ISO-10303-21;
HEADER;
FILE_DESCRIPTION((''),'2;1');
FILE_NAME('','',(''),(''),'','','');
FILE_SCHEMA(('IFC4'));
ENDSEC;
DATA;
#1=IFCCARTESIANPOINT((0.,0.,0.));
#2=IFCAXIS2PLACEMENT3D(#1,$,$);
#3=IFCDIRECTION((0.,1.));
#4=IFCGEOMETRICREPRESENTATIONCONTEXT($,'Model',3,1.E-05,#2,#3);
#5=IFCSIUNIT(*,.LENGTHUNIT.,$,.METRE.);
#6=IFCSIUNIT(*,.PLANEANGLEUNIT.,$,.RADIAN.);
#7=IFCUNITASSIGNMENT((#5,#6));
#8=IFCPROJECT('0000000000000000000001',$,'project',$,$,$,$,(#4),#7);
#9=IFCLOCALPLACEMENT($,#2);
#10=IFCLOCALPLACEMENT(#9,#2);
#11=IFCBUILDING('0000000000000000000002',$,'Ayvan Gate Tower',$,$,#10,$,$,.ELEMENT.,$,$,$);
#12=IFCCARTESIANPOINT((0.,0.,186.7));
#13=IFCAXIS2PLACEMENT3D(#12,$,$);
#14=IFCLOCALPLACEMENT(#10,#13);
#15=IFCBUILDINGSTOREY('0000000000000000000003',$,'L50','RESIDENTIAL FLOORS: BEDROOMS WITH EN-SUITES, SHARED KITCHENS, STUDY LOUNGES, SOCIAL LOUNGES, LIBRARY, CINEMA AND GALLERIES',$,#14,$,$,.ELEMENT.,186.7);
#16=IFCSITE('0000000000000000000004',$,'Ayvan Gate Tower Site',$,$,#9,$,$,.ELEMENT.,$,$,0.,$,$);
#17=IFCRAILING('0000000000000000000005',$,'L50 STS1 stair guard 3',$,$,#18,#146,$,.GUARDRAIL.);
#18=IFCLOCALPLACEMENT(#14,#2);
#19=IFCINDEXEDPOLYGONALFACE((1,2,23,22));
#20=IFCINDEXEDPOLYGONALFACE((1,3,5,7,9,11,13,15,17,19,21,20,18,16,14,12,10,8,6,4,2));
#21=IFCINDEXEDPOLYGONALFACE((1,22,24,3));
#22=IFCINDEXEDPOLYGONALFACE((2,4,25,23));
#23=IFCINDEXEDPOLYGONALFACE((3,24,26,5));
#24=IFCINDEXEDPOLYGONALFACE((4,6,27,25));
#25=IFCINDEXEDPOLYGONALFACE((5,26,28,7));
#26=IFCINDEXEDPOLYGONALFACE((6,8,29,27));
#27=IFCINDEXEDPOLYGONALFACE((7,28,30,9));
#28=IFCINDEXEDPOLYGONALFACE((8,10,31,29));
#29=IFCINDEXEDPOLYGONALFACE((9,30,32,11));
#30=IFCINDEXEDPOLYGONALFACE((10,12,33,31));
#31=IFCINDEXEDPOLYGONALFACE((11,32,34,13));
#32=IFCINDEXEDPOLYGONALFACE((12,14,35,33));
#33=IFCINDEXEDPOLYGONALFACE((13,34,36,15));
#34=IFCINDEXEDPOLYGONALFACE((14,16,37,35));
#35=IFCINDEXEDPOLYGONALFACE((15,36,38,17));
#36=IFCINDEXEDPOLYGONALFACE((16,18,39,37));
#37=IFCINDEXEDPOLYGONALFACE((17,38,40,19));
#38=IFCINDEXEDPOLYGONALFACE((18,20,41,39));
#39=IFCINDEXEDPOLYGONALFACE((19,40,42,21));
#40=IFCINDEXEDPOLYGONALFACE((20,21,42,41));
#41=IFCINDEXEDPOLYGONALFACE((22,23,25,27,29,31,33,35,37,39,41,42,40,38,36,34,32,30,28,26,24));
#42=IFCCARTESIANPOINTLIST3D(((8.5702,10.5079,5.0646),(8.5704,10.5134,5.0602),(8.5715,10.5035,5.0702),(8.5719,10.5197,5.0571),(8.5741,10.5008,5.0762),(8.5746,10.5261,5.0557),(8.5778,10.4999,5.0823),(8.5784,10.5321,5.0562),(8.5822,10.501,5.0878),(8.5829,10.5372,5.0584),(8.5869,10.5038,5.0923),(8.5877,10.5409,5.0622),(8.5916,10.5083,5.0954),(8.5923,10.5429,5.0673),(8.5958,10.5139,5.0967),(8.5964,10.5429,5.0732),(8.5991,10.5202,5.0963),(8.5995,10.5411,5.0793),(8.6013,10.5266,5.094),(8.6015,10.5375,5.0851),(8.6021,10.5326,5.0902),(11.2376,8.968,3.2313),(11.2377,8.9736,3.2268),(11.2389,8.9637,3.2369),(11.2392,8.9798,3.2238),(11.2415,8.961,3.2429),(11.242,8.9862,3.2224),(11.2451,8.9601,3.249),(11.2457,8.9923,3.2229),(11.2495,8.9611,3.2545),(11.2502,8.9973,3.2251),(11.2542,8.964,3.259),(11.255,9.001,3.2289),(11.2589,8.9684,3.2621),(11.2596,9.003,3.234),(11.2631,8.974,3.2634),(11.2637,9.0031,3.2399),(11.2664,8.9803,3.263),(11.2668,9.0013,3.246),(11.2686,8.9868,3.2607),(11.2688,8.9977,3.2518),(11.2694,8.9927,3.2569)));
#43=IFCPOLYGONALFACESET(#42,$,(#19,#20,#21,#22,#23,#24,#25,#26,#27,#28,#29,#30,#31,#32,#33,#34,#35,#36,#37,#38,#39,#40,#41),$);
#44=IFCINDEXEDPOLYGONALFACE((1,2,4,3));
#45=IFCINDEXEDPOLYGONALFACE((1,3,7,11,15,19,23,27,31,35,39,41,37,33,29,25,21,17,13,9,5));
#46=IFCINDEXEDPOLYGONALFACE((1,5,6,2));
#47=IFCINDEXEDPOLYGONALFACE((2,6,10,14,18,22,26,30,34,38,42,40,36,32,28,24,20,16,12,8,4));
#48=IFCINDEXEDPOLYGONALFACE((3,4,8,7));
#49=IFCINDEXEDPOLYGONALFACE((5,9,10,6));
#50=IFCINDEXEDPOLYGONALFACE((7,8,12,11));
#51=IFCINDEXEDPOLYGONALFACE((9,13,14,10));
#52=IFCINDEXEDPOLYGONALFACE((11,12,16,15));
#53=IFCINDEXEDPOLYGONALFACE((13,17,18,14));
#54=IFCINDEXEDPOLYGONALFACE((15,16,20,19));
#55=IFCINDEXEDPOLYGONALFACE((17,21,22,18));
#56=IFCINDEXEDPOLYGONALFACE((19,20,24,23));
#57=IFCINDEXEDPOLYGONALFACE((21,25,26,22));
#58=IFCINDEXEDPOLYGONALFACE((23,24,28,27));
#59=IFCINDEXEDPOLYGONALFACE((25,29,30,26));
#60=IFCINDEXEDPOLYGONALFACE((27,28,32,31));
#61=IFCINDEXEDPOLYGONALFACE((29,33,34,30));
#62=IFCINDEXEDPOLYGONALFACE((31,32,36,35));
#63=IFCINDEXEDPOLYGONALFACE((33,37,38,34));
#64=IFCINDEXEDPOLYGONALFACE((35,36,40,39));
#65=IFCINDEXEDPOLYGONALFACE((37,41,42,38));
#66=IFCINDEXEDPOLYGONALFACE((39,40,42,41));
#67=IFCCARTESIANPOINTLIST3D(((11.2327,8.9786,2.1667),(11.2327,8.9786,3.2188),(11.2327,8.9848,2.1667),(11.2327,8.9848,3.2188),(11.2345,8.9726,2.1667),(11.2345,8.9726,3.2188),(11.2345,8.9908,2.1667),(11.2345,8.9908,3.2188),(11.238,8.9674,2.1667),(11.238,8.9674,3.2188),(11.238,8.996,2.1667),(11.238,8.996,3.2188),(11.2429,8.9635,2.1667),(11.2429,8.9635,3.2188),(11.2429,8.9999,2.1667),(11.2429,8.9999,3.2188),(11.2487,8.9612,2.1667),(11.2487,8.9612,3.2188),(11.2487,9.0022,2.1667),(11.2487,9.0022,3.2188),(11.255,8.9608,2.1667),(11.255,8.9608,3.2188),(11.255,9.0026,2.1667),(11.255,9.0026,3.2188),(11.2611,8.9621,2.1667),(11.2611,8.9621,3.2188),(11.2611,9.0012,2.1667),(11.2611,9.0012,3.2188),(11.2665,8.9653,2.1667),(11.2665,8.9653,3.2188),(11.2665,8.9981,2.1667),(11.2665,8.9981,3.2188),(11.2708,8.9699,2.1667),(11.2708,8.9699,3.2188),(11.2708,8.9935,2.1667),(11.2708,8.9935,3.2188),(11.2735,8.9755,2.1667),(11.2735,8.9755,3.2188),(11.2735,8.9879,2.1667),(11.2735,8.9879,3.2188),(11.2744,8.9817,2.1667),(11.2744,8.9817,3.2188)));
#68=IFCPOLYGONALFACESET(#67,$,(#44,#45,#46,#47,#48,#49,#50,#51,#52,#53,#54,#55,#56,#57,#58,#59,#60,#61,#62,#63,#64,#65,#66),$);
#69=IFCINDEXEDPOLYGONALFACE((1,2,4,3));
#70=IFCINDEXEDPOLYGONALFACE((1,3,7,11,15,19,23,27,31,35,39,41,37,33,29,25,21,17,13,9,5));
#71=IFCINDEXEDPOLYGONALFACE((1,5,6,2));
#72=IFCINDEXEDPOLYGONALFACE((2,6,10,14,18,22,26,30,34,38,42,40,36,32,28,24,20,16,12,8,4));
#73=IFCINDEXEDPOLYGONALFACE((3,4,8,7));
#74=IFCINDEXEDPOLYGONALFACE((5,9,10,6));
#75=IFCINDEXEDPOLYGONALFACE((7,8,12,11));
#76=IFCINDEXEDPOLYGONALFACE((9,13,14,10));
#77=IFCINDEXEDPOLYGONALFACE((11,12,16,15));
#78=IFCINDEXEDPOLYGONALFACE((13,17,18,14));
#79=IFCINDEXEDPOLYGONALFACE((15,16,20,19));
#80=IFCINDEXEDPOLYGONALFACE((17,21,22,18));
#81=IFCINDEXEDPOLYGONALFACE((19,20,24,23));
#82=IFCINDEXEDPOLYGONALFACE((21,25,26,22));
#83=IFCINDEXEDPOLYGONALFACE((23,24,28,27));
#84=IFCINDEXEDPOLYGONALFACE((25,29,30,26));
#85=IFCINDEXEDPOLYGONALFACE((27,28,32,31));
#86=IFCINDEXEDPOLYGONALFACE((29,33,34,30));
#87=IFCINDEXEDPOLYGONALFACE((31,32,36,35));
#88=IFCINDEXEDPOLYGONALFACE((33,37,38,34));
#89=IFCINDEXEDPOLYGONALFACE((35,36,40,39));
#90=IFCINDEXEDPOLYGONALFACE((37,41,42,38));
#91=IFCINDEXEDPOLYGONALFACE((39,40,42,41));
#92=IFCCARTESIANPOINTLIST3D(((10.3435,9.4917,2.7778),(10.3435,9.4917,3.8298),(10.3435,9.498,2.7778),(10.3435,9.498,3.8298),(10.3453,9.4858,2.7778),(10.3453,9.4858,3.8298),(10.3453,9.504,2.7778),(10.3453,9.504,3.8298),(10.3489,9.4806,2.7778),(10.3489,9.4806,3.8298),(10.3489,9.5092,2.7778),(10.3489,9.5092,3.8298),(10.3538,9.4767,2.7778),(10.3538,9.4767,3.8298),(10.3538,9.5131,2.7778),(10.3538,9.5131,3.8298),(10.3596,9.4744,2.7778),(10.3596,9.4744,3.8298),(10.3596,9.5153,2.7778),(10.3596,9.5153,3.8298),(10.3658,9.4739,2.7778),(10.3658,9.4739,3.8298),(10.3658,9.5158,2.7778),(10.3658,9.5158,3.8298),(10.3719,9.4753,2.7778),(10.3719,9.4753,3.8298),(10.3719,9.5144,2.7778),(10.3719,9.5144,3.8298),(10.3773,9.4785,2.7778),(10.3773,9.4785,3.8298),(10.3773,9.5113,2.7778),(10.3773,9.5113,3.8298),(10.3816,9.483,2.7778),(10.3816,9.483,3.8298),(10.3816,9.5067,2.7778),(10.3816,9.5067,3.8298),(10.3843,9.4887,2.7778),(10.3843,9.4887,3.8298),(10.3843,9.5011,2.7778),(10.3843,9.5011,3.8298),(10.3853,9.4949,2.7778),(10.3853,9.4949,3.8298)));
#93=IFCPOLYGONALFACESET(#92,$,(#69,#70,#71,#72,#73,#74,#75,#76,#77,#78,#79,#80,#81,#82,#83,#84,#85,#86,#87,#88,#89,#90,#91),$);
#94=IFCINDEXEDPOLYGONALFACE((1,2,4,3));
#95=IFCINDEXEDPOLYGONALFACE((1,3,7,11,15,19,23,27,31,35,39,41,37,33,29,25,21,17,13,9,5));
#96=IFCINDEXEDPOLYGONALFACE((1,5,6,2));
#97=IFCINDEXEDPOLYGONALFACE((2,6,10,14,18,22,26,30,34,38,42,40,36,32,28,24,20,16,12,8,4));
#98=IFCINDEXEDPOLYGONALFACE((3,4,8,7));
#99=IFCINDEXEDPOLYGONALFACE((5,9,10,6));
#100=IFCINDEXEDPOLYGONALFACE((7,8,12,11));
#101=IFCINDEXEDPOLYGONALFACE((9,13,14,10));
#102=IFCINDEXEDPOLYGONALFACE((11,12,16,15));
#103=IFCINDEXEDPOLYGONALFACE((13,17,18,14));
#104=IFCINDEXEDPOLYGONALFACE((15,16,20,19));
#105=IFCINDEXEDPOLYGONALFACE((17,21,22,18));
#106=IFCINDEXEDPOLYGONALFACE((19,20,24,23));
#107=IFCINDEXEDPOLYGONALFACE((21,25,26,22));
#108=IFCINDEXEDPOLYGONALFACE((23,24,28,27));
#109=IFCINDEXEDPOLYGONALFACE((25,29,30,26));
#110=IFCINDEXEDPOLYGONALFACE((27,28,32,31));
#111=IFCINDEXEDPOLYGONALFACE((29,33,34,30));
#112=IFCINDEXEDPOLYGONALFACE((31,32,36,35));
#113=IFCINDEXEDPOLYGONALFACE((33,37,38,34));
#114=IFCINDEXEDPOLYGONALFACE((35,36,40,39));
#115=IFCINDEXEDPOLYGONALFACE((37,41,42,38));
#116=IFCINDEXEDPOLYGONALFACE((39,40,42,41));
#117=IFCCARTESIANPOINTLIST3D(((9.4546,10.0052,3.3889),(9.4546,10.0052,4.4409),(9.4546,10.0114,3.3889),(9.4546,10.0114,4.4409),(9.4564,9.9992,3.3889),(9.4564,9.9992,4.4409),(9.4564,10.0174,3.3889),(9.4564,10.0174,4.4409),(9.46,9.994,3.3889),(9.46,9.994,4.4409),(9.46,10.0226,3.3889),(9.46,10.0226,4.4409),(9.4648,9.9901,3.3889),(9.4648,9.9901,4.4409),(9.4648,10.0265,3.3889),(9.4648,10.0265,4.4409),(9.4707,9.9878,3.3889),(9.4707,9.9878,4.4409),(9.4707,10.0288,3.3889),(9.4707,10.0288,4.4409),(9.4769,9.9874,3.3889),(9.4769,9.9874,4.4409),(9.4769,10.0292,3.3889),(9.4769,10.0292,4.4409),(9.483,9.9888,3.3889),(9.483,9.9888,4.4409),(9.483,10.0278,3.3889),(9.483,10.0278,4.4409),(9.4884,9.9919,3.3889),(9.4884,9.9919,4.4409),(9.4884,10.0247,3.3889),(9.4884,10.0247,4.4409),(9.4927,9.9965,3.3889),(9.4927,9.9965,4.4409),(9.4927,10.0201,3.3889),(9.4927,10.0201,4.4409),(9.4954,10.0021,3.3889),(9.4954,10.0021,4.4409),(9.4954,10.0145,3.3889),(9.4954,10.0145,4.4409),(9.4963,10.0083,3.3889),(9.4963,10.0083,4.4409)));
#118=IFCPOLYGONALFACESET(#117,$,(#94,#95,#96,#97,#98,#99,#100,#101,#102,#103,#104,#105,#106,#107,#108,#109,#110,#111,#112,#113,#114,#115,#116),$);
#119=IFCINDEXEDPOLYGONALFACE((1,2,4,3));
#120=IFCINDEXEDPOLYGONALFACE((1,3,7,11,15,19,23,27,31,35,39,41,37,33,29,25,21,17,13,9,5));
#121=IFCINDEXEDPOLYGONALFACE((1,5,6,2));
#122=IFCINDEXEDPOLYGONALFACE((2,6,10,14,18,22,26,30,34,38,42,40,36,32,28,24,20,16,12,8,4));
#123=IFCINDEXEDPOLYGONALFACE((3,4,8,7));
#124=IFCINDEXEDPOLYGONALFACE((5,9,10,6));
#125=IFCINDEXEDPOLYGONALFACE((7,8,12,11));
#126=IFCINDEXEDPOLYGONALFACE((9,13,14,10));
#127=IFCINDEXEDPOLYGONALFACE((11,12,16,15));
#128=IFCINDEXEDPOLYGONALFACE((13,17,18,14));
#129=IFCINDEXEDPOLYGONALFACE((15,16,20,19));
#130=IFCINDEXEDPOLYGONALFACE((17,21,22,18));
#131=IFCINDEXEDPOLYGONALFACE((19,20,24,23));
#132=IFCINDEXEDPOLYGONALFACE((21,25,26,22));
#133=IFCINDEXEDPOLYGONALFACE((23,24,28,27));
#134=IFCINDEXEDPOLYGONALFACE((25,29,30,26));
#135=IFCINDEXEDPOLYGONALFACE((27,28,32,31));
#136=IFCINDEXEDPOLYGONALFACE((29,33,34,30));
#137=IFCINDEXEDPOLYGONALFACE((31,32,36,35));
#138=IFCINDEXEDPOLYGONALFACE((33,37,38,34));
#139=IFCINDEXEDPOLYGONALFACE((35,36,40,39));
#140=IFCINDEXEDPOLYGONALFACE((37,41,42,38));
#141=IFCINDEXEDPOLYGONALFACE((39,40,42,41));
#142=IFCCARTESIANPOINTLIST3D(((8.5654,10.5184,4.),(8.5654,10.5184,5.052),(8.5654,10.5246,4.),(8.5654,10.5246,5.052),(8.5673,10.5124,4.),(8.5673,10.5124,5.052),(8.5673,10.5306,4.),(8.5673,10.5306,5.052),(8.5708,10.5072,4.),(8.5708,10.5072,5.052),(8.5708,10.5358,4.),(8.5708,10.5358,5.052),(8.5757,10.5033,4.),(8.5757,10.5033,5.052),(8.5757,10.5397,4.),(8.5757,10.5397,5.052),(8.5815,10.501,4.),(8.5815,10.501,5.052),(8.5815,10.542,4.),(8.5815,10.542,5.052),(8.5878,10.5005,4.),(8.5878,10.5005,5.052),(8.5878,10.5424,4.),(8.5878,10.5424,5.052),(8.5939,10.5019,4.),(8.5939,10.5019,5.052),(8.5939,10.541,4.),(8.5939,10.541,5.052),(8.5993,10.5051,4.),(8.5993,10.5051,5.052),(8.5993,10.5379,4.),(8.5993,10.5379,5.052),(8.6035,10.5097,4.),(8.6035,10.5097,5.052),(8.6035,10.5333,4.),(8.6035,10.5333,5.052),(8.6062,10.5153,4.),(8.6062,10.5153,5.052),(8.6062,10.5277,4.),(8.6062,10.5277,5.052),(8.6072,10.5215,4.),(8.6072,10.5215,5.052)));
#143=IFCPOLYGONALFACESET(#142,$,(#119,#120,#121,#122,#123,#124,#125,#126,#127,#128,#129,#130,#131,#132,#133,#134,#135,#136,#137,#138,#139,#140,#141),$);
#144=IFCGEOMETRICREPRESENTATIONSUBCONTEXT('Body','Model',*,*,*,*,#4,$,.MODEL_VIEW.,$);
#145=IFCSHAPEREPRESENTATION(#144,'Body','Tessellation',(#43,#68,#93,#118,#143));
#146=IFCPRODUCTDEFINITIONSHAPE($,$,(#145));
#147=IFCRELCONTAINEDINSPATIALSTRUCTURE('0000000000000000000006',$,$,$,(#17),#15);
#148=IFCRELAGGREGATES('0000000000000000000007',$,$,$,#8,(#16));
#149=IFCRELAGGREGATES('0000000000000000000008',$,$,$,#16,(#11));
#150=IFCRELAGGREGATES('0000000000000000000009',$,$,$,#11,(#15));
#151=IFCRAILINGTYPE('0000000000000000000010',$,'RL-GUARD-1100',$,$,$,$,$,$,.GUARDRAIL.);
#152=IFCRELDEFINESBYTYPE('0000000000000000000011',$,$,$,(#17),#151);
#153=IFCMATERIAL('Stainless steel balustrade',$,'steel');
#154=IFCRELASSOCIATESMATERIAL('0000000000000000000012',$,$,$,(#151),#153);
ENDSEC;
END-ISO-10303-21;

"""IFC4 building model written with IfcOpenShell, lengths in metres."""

from ifc_helpers import new_model, si_unit, direction, frame, origin, origin_2d, place, context, subcontext, project, spatial, circle, extrude, material, type_object, element, save


model = new_model("IFC4")

# Units and contexts
model_context = context("Model", 3, precision=1e-05, world=origin(), true_north=direction((0.0, 1.0)))
body_context = subcontext(model_context, "Body", "Model", "MODEL_VIEW")
ifc_project = project(units=[si_unit("LENGTHUNIT", "METRE"), si_unit("PLANEANGLEUNIT", "RADIAN")], contexts=[model_context])

# Site, building, storey
site_placement = place(None, origin())
site = spatial("IfcSite", under=ifc_project, at=site_placement, Name="Ayvan Gate Tower Site", CompositionType="ELEMENT", RefElevation=0.0)
building_placement = place(site_placement, origin())
building = spatial("IfcBuilding", under=site, at=building_placement, Name="Ayvan Gate Tower", CompositionType="ELEMENT")
storey_placement = place(building_placement, frame((0.0, 0.0, 186.7)))
storey = spatial("IfcBuildingStorey", under=building, at=storey_placement, Name="L50", Description="RESIDENTIAL FLOORS: BEDROOMS WITH EN-SUITES, SHARED KITCHENS, STUDY LOUNGES, SOCIAL LOUNGES, LIBRARY, CINEMA AND GALLERIES", CompositionType="ELEMENT", Elevation=186.7)

# Railing
ifc_material_1 = material(Name="Stainless steel balustrade", Category="steel")
railing_type_1 = type_object("IfcRailingType", Name="RL-GUARD-1100", PredefinedType="GUARDRAIL", material=ifc_material_1)
railing_1_placement = place(storey_placement, frame((11.2534, 8.9817, 2.1667)))
element("IfcRailing", 1, at=railing_1_placement, inside=storey, type_object=railing_type_1, Name="L50 STS1 stair guard 3", PredefinedType="GUARDRAIL", context=body_context, shape_type="SweptSolid", body=[
    extrude(circle(Radius=0.0239, at=origin_2d()), frame((0.0, 0.0, 1.0762), z_axis=(-0.744181, 0.429616, 0.511493), x_axis=(-0.499967, -0.866044, 0.0)), (0.0, 0.0, 1.0), 3.5842),
    extrude(circle(Radius=0.021, at=origin_2d()), origin(), (0.0, 0.0, 1.0), 1.052),
    extrude(circle(Radius=0.021, at=origin_2d()), frame((-0.8892, 0.5132, 0.6111)), (0.0, 0.0, 1.0), 1.052),
    extrude(circle(Radius=0.021, at=origin_2d()), frame((-1.7781, 1.0266, 1.2222)), (0.0, 0.0, 1.0), 1.052),
    extrude(circle(Radius=0.021, at=origin_2d()), frame((-2.6672, 1.5398, 1.8333)), (0.0, 0.0, 1.0), 1.052),
])

save(model, "model.ifc")
